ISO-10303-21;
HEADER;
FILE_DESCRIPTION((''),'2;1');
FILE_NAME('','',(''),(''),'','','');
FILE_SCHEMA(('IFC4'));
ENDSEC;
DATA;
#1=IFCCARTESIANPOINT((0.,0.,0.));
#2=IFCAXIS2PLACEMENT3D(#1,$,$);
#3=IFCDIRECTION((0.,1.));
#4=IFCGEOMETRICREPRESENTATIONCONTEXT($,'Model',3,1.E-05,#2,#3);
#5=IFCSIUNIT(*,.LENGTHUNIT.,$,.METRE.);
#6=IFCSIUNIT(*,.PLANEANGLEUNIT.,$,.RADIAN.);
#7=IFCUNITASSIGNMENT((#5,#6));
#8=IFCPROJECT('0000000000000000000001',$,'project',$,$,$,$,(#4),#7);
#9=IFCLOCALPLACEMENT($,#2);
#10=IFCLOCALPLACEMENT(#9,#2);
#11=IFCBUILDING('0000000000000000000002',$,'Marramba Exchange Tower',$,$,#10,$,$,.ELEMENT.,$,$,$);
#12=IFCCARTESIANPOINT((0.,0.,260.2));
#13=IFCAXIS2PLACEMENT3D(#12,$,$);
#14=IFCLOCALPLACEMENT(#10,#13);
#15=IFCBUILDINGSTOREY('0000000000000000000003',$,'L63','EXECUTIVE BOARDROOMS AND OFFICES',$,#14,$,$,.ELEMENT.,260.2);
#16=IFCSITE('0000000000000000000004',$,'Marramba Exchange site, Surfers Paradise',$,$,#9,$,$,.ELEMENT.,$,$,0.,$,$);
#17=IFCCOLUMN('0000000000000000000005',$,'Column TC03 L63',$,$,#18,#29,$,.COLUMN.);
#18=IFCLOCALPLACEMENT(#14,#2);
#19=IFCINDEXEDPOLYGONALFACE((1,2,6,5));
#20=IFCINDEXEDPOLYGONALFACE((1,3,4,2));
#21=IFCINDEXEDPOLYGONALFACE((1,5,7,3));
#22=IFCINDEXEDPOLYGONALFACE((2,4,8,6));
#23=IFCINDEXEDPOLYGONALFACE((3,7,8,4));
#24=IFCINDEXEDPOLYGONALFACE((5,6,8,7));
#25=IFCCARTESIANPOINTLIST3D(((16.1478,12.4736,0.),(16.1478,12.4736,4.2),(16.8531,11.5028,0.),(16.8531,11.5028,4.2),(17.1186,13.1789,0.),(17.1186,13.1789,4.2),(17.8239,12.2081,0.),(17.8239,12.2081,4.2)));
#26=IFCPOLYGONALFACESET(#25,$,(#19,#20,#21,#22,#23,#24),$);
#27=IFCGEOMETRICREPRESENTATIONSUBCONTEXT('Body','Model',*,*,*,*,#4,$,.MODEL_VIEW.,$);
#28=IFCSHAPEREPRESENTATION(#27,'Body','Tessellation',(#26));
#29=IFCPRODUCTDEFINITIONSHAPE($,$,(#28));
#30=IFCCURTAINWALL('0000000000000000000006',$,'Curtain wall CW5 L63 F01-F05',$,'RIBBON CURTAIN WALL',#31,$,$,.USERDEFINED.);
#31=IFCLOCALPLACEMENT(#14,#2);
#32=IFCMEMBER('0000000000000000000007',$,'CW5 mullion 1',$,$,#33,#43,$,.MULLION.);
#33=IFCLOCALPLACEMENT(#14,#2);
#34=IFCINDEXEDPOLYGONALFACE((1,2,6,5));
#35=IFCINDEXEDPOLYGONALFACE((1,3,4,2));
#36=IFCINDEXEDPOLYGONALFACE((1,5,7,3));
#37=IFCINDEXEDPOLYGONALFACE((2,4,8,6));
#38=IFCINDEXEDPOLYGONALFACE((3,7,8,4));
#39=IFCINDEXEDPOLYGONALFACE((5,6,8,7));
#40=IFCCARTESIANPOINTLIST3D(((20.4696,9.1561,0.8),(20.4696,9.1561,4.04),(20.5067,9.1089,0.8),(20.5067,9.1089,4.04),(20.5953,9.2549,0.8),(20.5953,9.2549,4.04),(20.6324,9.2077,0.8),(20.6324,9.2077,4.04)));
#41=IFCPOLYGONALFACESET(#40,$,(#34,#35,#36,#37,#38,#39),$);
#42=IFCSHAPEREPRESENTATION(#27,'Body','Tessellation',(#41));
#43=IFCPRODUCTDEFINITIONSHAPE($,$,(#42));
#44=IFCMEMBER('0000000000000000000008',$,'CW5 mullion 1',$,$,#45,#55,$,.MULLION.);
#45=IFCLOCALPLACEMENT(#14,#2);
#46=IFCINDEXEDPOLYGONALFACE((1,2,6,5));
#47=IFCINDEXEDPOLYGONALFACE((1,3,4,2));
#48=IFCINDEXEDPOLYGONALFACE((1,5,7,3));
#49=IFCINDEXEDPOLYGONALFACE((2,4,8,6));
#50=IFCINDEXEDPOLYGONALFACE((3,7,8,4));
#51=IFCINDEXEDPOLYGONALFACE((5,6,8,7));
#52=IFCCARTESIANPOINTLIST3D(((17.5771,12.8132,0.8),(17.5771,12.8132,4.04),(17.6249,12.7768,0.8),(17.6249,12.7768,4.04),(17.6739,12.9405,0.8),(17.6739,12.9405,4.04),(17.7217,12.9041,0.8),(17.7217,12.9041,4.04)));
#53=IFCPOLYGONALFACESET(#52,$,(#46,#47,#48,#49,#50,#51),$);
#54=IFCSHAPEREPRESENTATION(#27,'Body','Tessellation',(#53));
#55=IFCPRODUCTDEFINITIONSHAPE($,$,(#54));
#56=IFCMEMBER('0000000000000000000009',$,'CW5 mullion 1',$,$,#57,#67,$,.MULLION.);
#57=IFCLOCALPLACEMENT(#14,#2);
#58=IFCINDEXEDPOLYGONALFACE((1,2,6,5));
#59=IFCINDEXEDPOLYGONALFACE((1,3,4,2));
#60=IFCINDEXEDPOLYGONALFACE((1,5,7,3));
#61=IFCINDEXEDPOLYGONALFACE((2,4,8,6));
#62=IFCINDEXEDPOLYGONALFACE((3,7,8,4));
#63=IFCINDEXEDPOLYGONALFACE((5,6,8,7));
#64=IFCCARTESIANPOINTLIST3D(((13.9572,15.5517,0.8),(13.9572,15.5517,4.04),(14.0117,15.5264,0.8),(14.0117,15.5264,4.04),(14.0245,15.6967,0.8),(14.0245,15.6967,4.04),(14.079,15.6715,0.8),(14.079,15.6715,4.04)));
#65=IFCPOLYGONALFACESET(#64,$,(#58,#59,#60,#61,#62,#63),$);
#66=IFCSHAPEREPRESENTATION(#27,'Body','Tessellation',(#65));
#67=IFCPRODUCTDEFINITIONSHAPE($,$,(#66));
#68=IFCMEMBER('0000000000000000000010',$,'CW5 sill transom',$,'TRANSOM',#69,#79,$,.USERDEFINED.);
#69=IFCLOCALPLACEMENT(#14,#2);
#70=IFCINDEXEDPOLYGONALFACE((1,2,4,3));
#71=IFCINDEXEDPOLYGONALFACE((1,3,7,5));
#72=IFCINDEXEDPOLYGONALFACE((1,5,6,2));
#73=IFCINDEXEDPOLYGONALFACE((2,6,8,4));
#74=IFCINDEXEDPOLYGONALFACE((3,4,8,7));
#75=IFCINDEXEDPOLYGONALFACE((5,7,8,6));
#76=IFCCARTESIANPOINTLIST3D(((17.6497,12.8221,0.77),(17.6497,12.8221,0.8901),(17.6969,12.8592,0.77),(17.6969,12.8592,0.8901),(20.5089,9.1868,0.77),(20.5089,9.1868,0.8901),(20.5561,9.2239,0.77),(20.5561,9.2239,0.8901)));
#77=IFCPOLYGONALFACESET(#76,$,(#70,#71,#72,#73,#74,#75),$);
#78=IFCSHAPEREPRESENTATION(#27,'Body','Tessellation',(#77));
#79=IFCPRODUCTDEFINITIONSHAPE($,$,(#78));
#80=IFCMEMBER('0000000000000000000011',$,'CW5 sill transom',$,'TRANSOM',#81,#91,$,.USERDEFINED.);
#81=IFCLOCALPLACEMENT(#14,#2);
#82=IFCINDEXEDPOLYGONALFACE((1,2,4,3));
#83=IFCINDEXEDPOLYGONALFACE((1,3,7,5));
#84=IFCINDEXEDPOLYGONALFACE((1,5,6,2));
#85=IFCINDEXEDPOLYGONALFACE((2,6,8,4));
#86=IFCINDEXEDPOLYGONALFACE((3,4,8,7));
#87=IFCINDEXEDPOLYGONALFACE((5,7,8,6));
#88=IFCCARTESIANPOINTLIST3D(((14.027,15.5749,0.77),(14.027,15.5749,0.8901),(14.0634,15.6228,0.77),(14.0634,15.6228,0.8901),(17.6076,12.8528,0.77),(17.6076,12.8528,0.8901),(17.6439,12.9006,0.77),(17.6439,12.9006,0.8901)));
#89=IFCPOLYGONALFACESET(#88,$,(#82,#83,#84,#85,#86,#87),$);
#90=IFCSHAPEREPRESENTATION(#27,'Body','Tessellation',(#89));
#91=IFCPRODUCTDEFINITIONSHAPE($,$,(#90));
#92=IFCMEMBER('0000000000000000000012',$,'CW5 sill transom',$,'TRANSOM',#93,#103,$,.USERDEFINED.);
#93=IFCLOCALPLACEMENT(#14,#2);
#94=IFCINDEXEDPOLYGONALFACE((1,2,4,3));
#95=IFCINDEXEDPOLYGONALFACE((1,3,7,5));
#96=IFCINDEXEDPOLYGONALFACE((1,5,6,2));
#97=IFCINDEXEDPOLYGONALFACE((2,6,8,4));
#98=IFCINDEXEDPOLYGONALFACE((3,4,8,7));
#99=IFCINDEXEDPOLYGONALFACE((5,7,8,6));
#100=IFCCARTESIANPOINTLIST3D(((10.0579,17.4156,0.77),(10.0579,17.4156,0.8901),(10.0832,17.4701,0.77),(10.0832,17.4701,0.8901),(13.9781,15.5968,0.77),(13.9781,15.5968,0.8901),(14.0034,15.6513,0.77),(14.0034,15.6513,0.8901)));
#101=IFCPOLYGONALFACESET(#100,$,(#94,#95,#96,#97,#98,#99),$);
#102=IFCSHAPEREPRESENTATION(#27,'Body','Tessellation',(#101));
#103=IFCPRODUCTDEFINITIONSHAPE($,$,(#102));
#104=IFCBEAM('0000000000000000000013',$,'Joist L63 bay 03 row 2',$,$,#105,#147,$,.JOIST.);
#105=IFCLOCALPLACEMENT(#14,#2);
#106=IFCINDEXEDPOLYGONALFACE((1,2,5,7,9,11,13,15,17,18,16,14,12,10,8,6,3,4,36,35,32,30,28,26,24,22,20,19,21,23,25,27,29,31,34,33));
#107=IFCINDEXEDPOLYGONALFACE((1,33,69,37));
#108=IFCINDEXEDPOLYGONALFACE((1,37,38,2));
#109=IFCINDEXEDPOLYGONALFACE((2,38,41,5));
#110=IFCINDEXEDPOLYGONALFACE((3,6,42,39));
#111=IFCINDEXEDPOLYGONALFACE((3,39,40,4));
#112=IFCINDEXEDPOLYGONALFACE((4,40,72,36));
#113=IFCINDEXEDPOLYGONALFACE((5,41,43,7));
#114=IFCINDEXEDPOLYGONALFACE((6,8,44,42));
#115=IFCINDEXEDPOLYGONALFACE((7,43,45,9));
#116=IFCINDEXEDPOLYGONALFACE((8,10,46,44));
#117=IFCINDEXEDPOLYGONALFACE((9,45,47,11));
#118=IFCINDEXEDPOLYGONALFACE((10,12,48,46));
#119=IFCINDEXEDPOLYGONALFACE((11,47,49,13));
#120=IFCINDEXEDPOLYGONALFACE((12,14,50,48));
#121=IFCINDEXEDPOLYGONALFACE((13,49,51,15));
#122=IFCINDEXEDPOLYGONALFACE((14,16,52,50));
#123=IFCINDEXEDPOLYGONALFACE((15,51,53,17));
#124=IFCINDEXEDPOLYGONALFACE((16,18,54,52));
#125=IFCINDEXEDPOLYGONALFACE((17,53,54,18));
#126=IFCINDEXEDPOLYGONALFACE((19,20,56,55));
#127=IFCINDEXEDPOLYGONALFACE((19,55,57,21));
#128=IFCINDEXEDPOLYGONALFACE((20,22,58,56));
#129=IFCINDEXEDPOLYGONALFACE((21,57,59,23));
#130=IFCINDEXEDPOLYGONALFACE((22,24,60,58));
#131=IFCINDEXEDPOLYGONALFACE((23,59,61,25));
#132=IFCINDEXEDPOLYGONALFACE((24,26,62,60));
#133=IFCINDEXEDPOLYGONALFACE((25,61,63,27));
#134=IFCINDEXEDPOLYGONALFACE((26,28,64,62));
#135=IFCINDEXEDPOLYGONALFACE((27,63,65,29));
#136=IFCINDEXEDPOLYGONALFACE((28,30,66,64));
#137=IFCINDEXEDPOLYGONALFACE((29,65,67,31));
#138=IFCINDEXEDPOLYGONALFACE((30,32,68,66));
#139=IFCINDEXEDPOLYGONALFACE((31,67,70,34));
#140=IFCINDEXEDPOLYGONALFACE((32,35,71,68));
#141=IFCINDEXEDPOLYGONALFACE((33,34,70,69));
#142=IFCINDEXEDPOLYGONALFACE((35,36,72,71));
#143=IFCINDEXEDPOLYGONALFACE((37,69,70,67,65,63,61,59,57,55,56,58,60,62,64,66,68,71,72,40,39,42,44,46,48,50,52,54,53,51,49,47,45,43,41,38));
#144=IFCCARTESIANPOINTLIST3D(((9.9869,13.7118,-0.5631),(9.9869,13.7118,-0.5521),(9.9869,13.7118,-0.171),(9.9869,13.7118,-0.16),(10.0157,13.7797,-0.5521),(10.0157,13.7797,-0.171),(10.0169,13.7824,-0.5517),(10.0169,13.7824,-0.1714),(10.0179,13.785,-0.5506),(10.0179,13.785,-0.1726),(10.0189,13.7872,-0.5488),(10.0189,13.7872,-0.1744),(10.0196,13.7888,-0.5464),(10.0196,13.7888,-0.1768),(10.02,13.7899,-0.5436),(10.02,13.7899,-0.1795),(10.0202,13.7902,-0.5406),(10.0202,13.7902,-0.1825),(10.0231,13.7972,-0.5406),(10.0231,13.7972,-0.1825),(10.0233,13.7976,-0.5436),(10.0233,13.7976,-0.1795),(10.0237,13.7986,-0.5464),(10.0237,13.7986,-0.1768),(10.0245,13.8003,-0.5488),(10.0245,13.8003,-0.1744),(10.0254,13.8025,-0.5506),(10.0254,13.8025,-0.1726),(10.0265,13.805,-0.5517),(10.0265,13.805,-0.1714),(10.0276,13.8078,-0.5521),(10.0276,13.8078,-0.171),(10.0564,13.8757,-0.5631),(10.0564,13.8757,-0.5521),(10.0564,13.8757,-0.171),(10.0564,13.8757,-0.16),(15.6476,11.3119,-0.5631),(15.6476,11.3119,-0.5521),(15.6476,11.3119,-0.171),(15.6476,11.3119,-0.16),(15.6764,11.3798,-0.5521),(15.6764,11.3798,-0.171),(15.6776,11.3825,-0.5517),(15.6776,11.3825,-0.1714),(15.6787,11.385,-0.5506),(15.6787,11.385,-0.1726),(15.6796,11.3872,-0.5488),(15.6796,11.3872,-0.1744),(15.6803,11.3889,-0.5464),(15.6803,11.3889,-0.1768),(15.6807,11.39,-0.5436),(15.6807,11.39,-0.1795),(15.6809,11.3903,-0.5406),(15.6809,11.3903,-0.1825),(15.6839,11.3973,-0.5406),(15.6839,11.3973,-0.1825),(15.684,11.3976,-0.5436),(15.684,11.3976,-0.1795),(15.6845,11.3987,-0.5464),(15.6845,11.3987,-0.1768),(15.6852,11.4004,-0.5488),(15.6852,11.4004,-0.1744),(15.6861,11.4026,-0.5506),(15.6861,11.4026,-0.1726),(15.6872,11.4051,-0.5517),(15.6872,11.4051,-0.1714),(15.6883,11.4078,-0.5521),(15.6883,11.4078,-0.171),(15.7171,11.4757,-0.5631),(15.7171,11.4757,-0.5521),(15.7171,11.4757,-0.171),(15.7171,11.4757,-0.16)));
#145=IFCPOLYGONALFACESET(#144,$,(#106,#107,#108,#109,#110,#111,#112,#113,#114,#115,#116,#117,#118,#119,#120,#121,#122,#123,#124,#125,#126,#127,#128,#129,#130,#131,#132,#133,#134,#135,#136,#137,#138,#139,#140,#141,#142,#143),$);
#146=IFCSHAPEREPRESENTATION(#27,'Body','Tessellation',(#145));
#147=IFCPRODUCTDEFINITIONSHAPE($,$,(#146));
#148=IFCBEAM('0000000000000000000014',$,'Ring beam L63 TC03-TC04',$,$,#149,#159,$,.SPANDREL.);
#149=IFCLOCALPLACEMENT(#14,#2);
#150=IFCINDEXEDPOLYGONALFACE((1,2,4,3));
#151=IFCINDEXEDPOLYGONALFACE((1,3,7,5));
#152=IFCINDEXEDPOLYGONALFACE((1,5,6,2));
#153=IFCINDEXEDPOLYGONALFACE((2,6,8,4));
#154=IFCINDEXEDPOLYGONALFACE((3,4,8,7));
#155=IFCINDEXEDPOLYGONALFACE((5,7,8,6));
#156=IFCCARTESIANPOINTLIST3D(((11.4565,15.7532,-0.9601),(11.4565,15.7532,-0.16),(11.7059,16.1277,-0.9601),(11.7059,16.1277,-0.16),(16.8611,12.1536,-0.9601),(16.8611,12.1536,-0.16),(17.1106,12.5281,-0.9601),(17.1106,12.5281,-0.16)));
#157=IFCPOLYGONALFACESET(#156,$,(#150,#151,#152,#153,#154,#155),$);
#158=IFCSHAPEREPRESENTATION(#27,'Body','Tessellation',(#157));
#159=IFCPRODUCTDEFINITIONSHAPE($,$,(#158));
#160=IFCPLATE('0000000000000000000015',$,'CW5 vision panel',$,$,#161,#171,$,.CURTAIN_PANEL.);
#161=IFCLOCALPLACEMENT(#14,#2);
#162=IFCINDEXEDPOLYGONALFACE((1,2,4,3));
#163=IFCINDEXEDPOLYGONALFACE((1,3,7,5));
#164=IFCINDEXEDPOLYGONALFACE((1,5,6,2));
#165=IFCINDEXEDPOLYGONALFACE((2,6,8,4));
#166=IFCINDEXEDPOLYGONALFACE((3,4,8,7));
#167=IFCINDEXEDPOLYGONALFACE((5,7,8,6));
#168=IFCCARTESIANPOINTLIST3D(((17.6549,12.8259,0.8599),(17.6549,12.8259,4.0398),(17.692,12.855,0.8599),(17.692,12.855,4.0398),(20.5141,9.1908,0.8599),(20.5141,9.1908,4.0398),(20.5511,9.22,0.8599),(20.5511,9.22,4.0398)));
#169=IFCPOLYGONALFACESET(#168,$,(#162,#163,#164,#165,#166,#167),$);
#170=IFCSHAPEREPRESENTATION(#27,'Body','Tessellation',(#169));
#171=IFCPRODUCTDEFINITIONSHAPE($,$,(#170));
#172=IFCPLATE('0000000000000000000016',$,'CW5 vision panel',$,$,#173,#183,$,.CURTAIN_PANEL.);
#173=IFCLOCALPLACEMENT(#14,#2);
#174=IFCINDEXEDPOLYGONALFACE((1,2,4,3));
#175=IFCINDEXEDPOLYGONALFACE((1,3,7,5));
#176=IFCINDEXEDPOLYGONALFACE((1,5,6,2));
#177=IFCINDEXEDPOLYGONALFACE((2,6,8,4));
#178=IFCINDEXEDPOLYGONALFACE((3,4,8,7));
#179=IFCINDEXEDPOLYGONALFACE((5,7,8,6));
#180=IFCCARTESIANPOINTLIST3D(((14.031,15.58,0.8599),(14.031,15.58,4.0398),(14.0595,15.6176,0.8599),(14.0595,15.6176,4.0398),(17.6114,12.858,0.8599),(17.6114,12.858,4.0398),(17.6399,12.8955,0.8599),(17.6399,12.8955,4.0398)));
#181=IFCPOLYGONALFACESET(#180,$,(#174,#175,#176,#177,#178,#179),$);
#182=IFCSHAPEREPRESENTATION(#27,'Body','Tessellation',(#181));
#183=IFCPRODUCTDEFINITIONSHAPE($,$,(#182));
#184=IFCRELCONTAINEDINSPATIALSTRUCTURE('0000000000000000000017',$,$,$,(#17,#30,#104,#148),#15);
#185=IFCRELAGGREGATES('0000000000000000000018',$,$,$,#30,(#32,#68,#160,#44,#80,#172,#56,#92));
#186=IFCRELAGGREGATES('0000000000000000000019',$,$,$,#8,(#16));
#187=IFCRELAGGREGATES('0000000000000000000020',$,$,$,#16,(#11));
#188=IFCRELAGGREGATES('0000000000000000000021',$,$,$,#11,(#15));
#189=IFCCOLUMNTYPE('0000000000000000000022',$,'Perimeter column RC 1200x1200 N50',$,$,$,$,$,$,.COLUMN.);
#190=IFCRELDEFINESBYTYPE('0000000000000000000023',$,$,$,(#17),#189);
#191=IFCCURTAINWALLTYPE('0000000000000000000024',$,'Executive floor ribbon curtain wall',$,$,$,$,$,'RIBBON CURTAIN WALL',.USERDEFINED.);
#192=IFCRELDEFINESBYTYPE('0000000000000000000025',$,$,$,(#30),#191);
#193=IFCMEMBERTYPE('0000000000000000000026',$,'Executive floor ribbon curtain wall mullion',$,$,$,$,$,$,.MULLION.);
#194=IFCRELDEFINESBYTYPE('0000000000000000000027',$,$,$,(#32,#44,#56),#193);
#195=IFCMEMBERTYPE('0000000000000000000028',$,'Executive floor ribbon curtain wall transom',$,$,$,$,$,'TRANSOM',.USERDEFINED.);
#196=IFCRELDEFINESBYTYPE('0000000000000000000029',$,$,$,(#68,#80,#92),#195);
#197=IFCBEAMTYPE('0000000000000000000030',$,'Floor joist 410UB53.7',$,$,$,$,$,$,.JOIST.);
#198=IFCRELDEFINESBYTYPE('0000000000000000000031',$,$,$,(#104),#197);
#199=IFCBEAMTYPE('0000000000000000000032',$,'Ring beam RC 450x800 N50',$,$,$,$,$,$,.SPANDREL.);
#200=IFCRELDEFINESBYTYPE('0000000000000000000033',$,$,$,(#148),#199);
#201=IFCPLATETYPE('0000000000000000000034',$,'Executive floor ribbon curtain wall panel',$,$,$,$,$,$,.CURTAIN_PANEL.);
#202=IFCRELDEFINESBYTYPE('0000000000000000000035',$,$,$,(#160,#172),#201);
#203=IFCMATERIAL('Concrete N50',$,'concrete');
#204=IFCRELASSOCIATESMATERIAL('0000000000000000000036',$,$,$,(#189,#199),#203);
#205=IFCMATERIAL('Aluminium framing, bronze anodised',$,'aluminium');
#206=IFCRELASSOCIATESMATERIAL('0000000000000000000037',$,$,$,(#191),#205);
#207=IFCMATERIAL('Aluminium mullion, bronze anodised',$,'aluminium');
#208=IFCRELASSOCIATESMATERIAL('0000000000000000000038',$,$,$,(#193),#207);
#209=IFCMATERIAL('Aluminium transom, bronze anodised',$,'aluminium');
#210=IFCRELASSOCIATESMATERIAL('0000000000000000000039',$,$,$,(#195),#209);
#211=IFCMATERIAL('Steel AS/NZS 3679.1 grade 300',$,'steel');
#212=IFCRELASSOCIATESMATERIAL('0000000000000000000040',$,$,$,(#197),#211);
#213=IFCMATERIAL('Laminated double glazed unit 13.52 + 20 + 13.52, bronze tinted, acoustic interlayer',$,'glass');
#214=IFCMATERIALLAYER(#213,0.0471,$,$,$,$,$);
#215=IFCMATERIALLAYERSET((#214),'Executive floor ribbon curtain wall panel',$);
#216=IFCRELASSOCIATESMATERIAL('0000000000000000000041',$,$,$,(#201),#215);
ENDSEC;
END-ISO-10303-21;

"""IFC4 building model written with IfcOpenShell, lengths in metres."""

from ifc_helpers import new_model, si_unit, direction, frame, origin, origin_2d, place, context, subcontext, project, spatial, rectangle, i_section, extrude, material, layer, layer_set, material_profile, profile_set, type_object, element, aggregate, save


model = new_model("IFC4")

# Units and contexts
model_context = context("Model", 3, precision=1e-05, world=origin(), true_north=direction((0.0, 1.0)))
body_context = subcontext(model_context, "Body", "Model", "MODEL_VIEW")
ifc_project = project(units=[si_unit("LENGTHUNIT", "METRE"), si_unit("PLANEANGLEUNIT", "RADIAN")], contexts=[model_context])

# Site, building, storey
site_placement = place(None, origin())
site = spatial("IfcSite", under=ifc_project, at=site_placement, Name="Marramba Exchange site, Surfers Paradise", CompositionType="ELEMENT", RefElevation=0.0)
building_placement = place(site_placement, origin())
building = spatial("IfcBuilding", under=site, at=building_placement, Name="Marramba Exchange Tower", CompositionType="ELEMENT")
storey_placement = place(building_placement, frame((0.0, 0.0, 260.2)))
storey = spatial("IfcBuildingStorey", under=building, at=storey_placement, Name="L63", Description="EXECUTIVE BOARDROOMS AND OFFICES", CompositionType="ELEMENT", Elevation=260.2)

# Column
ifc_material_1 = material(Name="Concrete N50", Category="concrete")
ifc_material_profile_1 = material_profile(ifc_material_1, rectangle(XDim=1.2, YDim=1.2, at=origin_2d()), Name="RC 1200x1200")
ifc_profile_set_1 = profile_set([ifc_material_profile_1], Name="Concrete N50")
column_type = type_object("IfcColumnType", Name="Perimeter column RC 1200x1200 N50", PredefinedType="COLUMN", material=ifc_profile_set_1)
column_placement = place(storey_placement, frame((16.9858, 12.3408, 0.0), z_axis=(0.0, 0.0, 1.0), x_axis=(0.809017, 0.587785, 0.0)))
element("IfcColumn", 1, at=column_placement, inside=storey, type_object=column_type, Name="Column TC03 L63", PredefinedType="COLUMN", context=body_context, shape_type="SweptSolid", body=[
    extrude(rectangle(XDim=1.2, YDim=1.2, at=origin_2d()), origin(), (0.0, 0.0, 1.0), 4.2),
])

# Curtain wall, members
ifc_material_2 = material(Name="Aluminium framing, bronze anodised", Category="aluminium")
curtain_wall_type = type_object("IfcCurtainWallType", Name="Executive floor ribbon curtain wall", ElementType="RIBBON CURTAIN WALL", PredefinedType="USERDEFINED", material=ifc_material_2)
curtain_wall_placement = place(storey_placement, origin())
curtain_wall = element("IfcCurtainWall", 2, at=curtain_wall_placement, inside=storey, type_object=curtain_wall_type, Name="Curtain wall CW5 L63 F01-F05", ObjectType="RIBBON CURTAIN WALL", PredefinedType="USERDEFINED")
ifc_material_3 = material(Name="Aluminium mullion, bronze anodised", Category="aluminium")
ifc_material_profile_2 = material_profile(ifc_material_3, rectangle(XDim=0.1599, YDim=0.0601, at=origin_2d()), Name="CW5 mullion 60x160")
ifc_profile_set_2 = profile_set([ifc_material_profile_2], Name="Aluminium mullion, bronze anodised")
member_type_1 = type_object("IfcMemberType", Name="Executive floor ribbon curtain wall mullion", PredefinedType="MULLION", material=ifc_profile_set_2)
member_1_placement = place(storey_placement, frame((20.551, 9.1819, 0.8), z_axis=(0.0, 0.0, 1.0), x_axis=(-0.786003, -0.618223, 0.0)))
member_1 = element("IfcMember", 3, at=member_1_placement, type_object=member_type_1, Name="CW5 mullion 1", PredefinedType="MULLION", context=body_context, shape_type="SweptSolid", body=[
    extrude(rectangle(XDim=0.1599, YDim=0.0601, at=origin_2d()), origin(), (0.0, 0.0, 1.0), 3.24),
])
member_2_placement = place(storey_placement, frame((17.6494, 12.8586, 0.8), z_axis=(0.0, 0.0, 1.0), x_axis=(-0.605219, -0.796059, 0.0)))
member_2 = element("IfcMember", 4, at=member_2_placement, type_object=member_type_1, Name="CW5 mullion 1", PredefinedType="MULLION", context=body_context, shape_type="SweptSolid", body=[
    extrude(rectangle(XDim=0.1599, YDim=0.0601, at=origin_2d()), origin(), (0.0, 0.0, 1.0), 3.24),
])
member_3_placement = place(storey_placement, frame((14.0181, 15.6116, 0.8), z_axis=(0.0, 0.0, 1.0), x_axis=(-0.420849, -0.907131, 0.0)))
member_3 = element("IfcMember", 5, at=member_3_placement, type_object=member_type_1, Name="CW5 mullion 1", PredefinedType="MULLION", context=body_context, shape_type="SweptSolid", body=[
    extrude(rectangle(XDim=0.1599, YDim=0.0601, at=origin_2d()), origin(), (0.0, 0.0, 1.0), 3.24),
])
ifc_material_4 = material(Name="Aluminium transom, bronze anodised", Category="aluminium")
ifc_material_profile_3 = material_profile(ifc_material_4, rectangle(XDim=0.0601, YDim=0.1201, at=origin_2d()), Name="CW5 transom 60x120")
ifc_profile_set_3 = profile_set([ifc_material_profile_3], Name="Aluminium transom, bronze anodised")
member_type_2 = type_object("IfcMemberType", Name="Executive floor ribbon curtain wall transom", ElementType="TRANSOM", PredefinedType="USERDEFINED", material=ifc_profile_set_3)
member_4_placement = place(storey_placement, frame((20.5325, 9.2053, 0.8301), z_axis=(-0.618204, 0.786018, 0.0), x_axis=(-0.786018, -0.618204, 0.0)))
member_4 = element("IfcMember", 6, at=member_4_placement, type_object=member_type_2, Name="CW5 sill transom", ObjectType="TRANSOM", PredefinedType="USERDEFINED", context=body_context, shape_type="SweptSolid", body=[
    extrude(rectangle(XDim=0.0601, YDim=0.1201, at=origin_2d()), origin(), (0.0, 0.0, 1.0), 4.625),
])
member_5_placement = place(storey_placement, frame((17.6257, 12.8767, 0.8301), z_axis=(-0.796062, 0.605215, 0.0), x_axis=(-0.605215, -0.796062, 0.0)))
member_5 = element("IfcMember", 7, at=member_5_placement, type_object=member_type_2, Name="CW5 sill transom", ObjectType="TRANSOM", PredefinedType="USERDEFINED", context=body_context, shape_type="SweptSolid", body=[
    extrude(rectangle(XDim=0.0601, YDim=0.1201, at=origin_2d()), origin(), (0.0, 0.0, 1.0), 4.4978),
])
member_6_placement = place(storey_placement, frame((13.9907, 15.624, 0.8301), z_axis=(-0.907118, 0.420877, 0.0), x_axis=(-0.420877, -0.907118, 0.0)))
member_6 = element("IfcMember", 8, at=member_6_placement, type_object=member_type_2, Name="CW5 sill transom", ObjectType="TRANSOM", PredefinedType="USERDEFINED", context=body_context, shape_type="SweptSolid", body=[
    extrude(rectangle(XDim=0.0601, YDim=0.1201, at=origin_2d()), origin(), (0.0, 0.0, 1.0), 4.3215),
])

# Beams
ifc_material_5 = material(Name="Steel AS/NZS 3679.1 grade 300", Category="steel")
ifc_material_profile_4 = material_profile(ifc_material_5, i_section(OverallWidth=0.178, OverallDepth=0.4031, WebThickness=0.0076, FlangeThickness=0.011, FilletRadius=0.0115, at=origin_2d()), Name="410UB53.7")
ifc_profile_set_4 = profile_set([ifc_material_profile_4], Name="Steel AS/NZS 3679.1 grade 300")
beam_type_1 = type_object("IfcBeamType", Name="Floor joist 410UB53.7", PredefinedType="JOIST", material=ifc_profile_set_4)
beam_1_placement = place(storey_placement, frame((15.6824, 11.3938, -0.3616), z_axis=(-0.920674, 0.390332, 0.0), x_axis=(-0.390332, -0.920674, 0.0)))
element("IfcBeam", 9, at=beam_1_placement, inside=storey, type_object=beam_type_1, Name="Joist L63 bay 03 row 2", PredefinedType="JOIST", context=body_context, shape_type="SweptSolid", body=[
    extrude(i_section(OverallWidth=0.178, OverallDepth=0.4031, WebThickness=0.0076, FlangeThickness=0.011, FilletRadius=0.0115, at=origin_2d()), origin(), (0.0, 0.0, 1.0), 6.1484),
])
ifc_material_profile_5 = material_profile(ifc_material_1, rectangle(XDim=0.45, YDim=0.8, at=origin_2d()), Name="RC 450x800")
ifc_profile_set_5 = profile_set([ifc_material_profile_5], Name="Concrete N50")
beam_type_2 = type_object("IfcBeamType", Name="Ring beam RC 450x800 N50", PredefinedType="SPANDREL", material=ifc_profile_set_5)
beam_2_placement = place(storey_placement, frame((16.9858, 12.3408, -0.5601), z_axis=(-0.832293, 0.554336, 0.0), x_axis=(-0.554336, -0.832293, 0.0)))
element("IfcBeam", 10, at=beam_2_placement, inside=storey, type_object=beam_type_2, Name="Ring beam L63 TC03-TC04", PredefinedType="SPANDREL", context=body_context, shape_type="SweptSolid", body=[
    extrude(rectangle(XDim=0.45, YDim=0.8, at=origin_2d()), origin(), (0.0, 0.0, 1.0), 6.4937),
])

# Plates
ifc_material_6 = material(Name="Laminated double glazed unit 13.52 + 20 + 13.52, bronze tinted, acoustic interlayer", Category="glass")
ifc_layer_1 = layer(ifc_material_6, 0.0471)
ifc_layer_set_1 = layer_set([ifc_layer_1], Name="Executive floor ribbon curtain wall panel")
plate_type = type_object("IfcPlateType", Name="Executive floor ribbon curtain wall panel", PredefinedType="CURTAIN_PANEL", material=ifc_layer_set_1)
plate_1_placement = place(storey_placement, frame((19.103, 11.0229, 0.8599), z_axis=(0.0, 0.0, 1.0), x_axis=(-0.618223, 0.786003, 0.0)))
plate_1 = element("IfcPlate", 11, at=plate_1_placement, type_object=plate_type, Name="CW5 vision panel", PredefinedType="CURTAIN_PANEL", context=body_context, shape_type="SweptSolid", body=[
    extrude(rectangle(XDim=4.6248, YDim=0.0471, at=origin_2d()), origin(), (0.0, 0.0, 1.0), 3.1799),
])
plate_2_placement = place(storey_placement, frame((15.8354, 14.2378, 0.8599), z_axis=(0.0, 0.0, 1.0), x_axis=(-0.796059, 0.605219, 0.0)))
plate_2 = element("IfcPlate", 12, at=plate_2_placement, type_object=plate_type, Name="CW5 vision panel", PredefinedType="CURTAIN_PANEL", context=body_context, shape_type="SweptSolid", body=[
    extrude(rectangle(XDim=4.4976, YDim=0.0471, at=origin_2d()), origin(), (0.0, 0.0, 1.0), 3.1799),
])
aggregate(curtain_wall, [member_1, member_4, plate_1, member_2, member_5, plate_2, member_3, member_6])

save(model, "model.ifc")
